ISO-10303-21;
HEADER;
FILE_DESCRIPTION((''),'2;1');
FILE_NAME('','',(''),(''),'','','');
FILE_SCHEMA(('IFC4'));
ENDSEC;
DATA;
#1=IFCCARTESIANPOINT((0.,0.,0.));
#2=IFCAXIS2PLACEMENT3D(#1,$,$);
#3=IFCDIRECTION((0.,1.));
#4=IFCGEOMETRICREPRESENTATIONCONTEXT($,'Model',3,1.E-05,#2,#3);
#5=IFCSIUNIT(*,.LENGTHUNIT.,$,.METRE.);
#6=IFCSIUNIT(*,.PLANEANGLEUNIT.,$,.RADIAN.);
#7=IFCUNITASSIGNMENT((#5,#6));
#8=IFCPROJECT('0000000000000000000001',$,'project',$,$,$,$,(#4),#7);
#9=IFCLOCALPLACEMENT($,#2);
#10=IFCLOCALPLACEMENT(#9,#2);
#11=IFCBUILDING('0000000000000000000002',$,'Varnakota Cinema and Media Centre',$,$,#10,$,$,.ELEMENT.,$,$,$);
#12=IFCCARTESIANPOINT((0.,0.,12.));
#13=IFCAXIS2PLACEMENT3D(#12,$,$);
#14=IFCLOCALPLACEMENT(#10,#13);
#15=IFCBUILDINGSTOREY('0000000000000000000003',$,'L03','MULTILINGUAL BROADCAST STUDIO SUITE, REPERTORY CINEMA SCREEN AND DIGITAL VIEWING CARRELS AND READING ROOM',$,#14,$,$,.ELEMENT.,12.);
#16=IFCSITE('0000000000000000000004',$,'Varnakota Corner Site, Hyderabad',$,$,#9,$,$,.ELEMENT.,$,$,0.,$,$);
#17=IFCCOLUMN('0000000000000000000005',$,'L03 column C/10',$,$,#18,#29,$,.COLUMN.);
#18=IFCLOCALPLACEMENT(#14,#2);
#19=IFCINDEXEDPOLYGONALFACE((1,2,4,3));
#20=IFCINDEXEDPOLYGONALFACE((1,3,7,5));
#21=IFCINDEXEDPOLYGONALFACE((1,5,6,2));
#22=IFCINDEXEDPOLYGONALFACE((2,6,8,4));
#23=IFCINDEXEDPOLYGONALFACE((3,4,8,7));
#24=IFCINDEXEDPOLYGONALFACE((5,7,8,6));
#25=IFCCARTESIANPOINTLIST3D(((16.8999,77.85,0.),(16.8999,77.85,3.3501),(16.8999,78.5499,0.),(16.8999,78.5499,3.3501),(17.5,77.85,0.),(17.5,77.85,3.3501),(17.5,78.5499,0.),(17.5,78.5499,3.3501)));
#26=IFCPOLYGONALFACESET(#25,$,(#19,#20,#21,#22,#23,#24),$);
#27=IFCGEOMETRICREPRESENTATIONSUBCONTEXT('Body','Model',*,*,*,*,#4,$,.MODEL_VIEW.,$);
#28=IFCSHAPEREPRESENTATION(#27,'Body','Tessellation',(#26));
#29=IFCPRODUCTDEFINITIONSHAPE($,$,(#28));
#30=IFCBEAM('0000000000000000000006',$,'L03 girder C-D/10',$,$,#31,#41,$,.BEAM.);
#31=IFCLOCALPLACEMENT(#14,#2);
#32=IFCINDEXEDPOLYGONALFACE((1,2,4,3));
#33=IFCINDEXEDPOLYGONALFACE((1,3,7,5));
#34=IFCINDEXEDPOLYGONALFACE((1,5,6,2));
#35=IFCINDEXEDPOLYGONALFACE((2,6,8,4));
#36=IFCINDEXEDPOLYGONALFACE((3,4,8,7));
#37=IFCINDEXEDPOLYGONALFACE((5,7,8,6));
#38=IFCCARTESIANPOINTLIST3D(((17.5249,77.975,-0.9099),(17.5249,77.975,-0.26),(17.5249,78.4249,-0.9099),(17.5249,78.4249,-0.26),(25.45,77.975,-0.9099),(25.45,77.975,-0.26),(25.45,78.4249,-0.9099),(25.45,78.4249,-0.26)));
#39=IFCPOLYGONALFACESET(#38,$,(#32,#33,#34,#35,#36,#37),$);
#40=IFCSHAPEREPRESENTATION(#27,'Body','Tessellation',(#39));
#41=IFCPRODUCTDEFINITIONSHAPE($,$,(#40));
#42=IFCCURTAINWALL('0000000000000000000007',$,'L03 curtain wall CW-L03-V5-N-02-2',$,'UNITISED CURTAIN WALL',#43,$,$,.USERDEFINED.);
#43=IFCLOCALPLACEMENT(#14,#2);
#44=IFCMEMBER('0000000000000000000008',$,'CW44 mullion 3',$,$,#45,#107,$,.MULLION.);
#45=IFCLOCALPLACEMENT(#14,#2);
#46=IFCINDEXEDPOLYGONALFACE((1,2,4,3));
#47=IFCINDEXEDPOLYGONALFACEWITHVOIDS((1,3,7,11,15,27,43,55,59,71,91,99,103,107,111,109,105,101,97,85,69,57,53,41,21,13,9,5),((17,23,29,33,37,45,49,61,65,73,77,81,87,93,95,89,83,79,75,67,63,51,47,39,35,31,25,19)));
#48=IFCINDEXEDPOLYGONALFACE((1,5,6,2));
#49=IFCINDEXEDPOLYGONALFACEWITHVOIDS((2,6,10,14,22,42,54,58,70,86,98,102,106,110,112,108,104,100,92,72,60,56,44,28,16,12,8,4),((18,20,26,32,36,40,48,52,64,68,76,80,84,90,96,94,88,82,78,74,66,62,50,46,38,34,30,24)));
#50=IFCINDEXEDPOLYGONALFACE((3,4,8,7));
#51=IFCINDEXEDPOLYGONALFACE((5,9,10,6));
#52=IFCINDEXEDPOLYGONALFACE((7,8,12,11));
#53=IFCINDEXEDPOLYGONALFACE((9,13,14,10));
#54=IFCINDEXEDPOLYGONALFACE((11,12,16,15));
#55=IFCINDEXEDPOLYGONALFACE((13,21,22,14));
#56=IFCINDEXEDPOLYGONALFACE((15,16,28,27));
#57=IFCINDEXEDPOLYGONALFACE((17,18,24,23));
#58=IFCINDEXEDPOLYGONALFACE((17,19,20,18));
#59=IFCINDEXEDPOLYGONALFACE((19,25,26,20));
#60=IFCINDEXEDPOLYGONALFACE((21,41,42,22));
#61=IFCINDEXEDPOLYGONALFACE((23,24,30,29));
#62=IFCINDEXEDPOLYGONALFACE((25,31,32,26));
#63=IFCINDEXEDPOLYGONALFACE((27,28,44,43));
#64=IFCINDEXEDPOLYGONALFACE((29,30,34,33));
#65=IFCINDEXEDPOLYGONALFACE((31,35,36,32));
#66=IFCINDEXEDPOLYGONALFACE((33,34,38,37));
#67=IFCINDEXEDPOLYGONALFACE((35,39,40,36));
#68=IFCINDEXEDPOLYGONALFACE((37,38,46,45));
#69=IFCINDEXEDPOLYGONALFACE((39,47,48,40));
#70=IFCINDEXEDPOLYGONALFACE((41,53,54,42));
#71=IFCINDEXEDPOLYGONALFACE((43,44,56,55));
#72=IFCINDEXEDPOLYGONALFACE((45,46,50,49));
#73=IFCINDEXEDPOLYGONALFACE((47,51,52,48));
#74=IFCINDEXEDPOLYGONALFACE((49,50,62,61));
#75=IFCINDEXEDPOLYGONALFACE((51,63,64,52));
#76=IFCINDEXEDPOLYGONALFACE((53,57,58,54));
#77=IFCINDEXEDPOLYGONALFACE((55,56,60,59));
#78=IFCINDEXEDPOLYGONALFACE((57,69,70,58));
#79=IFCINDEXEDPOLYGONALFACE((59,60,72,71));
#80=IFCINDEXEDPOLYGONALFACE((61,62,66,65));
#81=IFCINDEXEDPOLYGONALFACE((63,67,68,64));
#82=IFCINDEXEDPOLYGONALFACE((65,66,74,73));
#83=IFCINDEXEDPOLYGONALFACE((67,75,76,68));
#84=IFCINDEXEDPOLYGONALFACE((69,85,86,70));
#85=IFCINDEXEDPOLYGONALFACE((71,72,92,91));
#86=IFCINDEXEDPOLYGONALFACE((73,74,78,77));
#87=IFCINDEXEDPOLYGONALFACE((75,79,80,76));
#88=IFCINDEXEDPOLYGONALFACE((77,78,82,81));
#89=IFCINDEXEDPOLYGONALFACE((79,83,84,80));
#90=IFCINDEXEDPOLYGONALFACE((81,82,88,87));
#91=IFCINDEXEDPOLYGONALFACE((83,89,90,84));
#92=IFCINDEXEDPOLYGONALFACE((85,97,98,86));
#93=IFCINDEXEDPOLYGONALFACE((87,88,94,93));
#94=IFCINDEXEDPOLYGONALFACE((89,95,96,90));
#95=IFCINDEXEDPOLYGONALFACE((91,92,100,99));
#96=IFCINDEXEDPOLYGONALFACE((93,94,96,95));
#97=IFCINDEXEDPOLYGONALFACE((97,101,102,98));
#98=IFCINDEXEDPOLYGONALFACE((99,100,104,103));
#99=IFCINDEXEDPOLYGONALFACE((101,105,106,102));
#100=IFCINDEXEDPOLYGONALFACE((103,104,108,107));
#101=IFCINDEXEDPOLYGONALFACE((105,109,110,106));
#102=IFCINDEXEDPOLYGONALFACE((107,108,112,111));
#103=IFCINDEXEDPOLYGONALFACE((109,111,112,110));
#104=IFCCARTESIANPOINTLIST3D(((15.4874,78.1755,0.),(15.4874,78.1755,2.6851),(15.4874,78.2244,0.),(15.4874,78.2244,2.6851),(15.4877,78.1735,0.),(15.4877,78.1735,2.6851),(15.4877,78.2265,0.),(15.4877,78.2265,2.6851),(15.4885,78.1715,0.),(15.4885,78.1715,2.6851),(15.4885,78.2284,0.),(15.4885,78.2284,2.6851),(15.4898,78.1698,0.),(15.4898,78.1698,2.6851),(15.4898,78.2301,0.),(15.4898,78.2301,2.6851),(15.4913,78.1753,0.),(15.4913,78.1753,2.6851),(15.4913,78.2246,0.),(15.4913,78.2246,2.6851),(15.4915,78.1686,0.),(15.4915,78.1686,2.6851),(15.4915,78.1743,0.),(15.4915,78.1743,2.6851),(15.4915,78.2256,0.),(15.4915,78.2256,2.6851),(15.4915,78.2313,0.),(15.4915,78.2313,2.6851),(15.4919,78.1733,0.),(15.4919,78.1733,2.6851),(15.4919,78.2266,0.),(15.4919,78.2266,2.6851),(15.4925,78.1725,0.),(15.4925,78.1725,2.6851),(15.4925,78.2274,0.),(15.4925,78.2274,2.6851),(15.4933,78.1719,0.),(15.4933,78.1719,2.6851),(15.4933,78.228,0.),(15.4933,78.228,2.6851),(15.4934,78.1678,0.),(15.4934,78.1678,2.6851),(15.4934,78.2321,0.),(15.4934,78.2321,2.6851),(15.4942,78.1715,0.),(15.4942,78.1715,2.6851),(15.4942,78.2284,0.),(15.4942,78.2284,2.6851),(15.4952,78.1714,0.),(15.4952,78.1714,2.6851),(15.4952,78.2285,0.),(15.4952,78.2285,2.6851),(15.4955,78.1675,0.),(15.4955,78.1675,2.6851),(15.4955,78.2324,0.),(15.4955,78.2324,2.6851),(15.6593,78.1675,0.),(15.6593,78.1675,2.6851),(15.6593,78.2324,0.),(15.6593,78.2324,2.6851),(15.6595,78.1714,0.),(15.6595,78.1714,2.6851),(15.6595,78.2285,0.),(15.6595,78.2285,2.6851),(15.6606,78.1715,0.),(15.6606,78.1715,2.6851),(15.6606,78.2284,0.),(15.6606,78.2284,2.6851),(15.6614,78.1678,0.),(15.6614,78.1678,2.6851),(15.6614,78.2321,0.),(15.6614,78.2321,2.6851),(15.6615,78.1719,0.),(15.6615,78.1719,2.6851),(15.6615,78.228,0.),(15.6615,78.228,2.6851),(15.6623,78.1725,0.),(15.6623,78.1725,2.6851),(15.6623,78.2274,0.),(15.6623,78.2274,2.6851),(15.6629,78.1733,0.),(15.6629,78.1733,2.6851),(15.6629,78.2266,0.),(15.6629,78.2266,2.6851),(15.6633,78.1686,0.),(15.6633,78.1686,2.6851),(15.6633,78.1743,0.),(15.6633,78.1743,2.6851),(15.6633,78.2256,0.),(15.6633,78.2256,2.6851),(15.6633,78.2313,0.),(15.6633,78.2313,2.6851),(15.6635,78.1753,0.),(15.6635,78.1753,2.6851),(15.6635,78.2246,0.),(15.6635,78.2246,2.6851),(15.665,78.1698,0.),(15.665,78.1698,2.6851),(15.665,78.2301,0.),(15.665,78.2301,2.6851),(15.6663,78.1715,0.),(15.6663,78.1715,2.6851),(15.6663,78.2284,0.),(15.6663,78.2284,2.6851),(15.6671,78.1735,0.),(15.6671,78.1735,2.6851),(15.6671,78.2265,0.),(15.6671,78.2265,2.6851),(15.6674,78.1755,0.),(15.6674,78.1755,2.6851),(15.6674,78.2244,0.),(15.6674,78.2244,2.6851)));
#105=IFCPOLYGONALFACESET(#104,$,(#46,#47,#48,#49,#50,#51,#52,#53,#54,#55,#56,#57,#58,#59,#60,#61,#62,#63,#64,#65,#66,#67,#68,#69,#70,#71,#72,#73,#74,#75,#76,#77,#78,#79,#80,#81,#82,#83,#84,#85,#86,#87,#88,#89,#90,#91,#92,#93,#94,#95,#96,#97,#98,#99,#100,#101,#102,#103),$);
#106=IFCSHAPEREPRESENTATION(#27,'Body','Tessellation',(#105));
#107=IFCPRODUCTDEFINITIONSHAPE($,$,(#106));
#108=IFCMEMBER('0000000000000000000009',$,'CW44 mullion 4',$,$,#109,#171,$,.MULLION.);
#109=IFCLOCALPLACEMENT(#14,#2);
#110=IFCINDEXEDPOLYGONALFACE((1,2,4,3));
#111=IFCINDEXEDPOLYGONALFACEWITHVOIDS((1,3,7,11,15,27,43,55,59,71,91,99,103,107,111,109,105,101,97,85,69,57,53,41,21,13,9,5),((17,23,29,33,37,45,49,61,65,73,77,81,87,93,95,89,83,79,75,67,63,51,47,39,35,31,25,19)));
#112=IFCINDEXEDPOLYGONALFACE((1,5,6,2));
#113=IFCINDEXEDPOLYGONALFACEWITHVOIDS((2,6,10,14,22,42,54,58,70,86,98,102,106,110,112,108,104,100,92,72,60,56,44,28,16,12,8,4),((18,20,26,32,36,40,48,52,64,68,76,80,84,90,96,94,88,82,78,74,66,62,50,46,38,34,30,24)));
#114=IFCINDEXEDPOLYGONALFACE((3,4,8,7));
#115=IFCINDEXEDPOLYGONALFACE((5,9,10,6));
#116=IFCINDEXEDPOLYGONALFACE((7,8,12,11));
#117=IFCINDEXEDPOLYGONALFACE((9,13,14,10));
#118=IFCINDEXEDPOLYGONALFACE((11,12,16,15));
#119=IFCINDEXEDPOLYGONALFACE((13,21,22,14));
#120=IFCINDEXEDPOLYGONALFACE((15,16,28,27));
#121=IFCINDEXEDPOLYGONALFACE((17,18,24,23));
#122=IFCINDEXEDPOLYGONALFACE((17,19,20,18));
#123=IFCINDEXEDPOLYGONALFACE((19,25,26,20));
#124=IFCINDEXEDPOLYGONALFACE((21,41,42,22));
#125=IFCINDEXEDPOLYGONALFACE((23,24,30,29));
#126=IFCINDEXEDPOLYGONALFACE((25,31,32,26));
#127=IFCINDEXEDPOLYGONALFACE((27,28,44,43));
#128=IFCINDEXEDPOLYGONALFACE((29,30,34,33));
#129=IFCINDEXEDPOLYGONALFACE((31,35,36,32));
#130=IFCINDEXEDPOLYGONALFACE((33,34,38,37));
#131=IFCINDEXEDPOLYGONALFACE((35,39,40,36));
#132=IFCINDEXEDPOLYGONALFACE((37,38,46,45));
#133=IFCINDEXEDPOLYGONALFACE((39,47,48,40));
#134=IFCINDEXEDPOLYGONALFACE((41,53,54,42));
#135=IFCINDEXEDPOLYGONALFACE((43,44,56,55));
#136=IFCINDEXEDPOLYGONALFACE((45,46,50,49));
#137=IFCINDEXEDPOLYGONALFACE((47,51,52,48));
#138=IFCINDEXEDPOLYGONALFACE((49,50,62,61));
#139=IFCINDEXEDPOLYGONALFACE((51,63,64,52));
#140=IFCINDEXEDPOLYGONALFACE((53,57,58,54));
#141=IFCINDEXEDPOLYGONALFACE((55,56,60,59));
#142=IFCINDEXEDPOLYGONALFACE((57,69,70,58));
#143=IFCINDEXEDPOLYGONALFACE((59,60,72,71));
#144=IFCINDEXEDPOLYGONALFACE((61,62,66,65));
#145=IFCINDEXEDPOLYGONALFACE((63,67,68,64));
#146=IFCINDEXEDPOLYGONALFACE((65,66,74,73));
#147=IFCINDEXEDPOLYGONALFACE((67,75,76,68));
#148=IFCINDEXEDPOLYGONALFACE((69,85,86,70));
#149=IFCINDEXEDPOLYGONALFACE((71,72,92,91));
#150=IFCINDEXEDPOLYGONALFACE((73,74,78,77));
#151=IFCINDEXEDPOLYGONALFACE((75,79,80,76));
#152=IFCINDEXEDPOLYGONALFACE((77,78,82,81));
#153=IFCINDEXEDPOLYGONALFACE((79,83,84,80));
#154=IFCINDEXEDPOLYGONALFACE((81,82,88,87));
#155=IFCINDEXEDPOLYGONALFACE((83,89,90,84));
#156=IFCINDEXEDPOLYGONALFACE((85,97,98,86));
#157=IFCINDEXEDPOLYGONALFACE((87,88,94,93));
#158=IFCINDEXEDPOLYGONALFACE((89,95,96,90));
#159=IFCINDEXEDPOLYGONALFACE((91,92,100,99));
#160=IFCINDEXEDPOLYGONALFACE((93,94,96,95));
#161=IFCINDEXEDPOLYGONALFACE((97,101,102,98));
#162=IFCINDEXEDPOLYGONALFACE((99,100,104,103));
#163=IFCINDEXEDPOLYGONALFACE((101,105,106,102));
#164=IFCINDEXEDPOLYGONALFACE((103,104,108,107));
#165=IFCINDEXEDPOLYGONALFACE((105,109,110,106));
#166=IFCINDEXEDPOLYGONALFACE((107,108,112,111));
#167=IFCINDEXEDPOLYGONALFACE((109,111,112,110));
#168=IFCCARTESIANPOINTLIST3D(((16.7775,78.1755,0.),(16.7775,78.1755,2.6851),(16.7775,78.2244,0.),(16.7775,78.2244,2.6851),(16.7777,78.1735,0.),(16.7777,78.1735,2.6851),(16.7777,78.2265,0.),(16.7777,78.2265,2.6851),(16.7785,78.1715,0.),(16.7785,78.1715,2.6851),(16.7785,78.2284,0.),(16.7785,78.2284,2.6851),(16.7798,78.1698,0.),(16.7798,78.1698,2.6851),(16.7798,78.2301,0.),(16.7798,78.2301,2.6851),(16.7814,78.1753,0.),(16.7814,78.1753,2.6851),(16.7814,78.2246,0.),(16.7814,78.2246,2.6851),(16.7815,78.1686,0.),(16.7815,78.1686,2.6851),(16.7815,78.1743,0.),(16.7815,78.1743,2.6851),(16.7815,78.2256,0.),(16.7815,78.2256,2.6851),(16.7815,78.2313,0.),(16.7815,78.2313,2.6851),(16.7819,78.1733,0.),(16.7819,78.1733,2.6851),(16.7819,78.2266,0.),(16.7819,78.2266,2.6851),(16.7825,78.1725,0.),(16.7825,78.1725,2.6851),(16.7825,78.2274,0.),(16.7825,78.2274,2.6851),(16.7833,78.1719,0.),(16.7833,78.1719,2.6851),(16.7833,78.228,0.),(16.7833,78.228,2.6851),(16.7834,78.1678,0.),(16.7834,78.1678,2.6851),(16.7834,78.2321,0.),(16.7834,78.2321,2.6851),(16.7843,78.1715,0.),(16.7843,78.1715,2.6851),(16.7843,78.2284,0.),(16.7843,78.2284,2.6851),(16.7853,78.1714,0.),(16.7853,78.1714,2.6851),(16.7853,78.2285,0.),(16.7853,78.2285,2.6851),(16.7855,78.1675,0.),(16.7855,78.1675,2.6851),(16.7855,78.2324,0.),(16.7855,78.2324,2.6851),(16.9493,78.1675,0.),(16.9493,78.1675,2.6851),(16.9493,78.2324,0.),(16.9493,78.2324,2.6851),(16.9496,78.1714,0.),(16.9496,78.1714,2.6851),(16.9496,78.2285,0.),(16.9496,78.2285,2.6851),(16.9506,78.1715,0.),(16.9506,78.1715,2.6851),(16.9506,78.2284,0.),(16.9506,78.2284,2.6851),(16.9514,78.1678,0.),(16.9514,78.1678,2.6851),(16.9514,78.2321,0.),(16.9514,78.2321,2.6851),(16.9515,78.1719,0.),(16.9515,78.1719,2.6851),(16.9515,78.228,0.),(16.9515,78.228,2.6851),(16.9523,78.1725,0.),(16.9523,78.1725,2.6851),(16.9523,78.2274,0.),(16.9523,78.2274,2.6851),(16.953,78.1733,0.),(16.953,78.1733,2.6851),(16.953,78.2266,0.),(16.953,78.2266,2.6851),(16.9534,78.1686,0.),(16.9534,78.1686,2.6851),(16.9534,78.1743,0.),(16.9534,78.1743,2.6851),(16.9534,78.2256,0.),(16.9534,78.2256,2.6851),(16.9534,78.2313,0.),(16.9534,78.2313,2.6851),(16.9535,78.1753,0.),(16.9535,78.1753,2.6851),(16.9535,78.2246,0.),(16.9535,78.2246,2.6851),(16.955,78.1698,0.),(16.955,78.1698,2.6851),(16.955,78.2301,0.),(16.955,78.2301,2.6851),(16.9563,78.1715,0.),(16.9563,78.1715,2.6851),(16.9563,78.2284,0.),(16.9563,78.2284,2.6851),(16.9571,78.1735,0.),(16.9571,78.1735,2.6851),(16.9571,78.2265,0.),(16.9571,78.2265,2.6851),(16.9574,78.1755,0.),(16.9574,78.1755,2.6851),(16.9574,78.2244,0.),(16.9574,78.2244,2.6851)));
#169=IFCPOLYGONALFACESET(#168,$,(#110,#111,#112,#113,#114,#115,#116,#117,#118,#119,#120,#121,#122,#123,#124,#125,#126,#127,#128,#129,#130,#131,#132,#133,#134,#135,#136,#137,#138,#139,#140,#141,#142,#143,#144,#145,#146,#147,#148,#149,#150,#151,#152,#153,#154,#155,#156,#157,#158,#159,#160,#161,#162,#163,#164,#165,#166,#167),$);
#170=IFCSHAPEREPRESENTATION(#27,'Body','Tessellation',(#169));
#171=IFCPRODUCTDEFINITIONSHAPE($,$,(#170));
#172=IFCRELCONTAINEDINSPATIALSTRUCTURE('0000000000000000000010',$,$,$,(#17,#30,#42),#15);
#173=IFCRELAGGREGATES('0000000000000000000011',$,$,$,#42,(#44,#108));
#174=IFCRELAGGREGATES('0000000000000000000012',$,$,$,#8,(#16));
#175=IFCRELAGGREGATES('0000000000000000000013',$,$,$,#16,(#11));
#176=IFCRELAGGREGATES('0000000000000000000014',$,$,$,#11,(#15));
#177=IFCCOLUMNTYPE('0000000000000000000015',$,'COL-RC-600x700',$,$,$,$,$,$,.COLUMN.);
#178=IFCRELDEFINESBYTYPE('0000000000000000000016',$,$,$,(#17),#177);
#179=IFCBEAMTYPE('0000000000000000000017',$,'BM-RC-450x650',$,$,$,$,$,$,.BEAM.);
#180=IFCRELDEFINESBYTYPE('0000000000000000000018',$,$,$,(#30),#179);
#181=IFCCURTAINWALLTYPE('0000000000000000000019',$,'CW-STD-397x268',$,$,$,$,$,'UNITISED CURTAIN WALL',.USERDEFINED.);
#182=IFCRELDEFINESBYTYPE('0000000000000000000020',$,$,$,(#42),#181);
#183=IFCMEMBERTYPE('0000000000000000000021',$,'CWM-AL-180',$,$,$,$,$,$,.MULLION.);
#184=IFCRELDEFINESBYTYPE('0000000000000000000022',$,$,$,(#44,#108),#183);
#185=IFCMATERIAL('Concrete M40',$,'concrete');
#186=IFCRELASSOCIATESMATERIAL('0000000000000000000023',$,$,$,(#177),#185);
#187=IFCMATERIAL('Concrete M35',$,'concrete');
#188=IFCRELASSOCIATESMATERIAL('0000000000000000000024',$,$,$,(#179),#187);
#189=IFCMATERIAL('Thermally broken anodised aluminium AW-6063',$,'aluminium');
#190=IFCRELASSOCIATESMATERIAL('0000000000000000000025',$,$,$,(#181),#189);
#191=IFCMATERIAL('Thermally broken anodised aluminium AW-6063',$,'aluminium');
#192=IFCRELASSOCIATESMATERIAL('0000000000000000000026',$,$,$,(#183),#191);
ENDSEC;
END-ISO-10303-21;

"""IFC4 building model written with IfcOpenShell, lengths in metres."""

from ifc_helpers import new_model, si_unit, direction, frame, origin, origin_2d, place, context, subcontext, project, spatial, rectangle, hollow_rectangle, extrude, material, material_profile, profile_set, type_object, element, aggregate, save


model = new_model("IFC4")

# Units and contexts
model_context = context("Model", 3, precision=1e-05, world=origin(), true_north=direction((0.0, 1.0)))
body_context = subcontext(model_context, "Body", "Model", "MODEL_VIEW")
ifc_project = project(units=[si_unit("LENGTHUNIT", "METRE"), si_unit("PLANEANGLEUNIT", "RADIAN")], contexts=[model_context])

# Site, building, storey
site_placement = place(None, origin())
site = spatial("IfcSite", under=ifc_project, at=site_placement, Name="Varnakota Corner Site, Hyderabad", CompositionType="ELEMENT", RefElevation=0.0)
building_placement = place(site_placement, origin())
building = spatial("IfcBuilding", under=site, at=building_placement, Name="Varnakota Cinema and Media Centre", CompositionType="ELEMENT")
storey_placement = place(building_placement, frame((0.0, 0.0, 12.0)))
storey = spatial("IfcBuildingStorey", under=building, at=storey_placement, Name="L03", Description="MULTILINGUAL BROADCAST STUDIO SUITE, REPERTORY CINEMA SCREEN AND DIGITAL VIEWING CARRELS AND READING ROOM", CompositionType="ELEMENT", Elevation=12.0)

# Column
ifc_material_1 = material(Name="Concrete M40", Category="concrete")
ifc_material_profile_1 = material_profile(ifc_material_1, rectangle(XDim=0.6001, YDim=0.7, at=origin_2d()), Name="RC 600x700")
ifc_profile_set_1 = profile_set([ifc_material_profile_1], Name="Concrete M40")
column_type = type_object("IfcColumnType", Name="COL-RC-600x700", PredefinedType="COLUMN", material=ifc_profile_set_1)
column_placement = place(storey_placement, frame((17.2, 78.2, 0.0), z_axis=(0.0, 0.0, 1.0), x_axis=(1.0, 0.0, 0.0)))
element("IfcColumn", 1, at=column_placement, inside=storey, type_object=column_type, Name="L03 column C/10", PredefinedType="COLUMN", context=body_context, shape_type="SweptSolid", body=[
    extrude(rectangle(XDim=0.6001, YDim=0.7, at=origin_2d()), origin(), (0.0, 0.0, 1.0), 3.3501),
])

# Beam
ifc_material_2 = material(Name="Concrete M35", Category="concrete")
ifc_material_profile_2 = material_profile(ifc_material_2, rectangle(XDim=0.45, YDim=0.6499, at=origin_2d()), Name="RCB 450x650")
ifc_profile_set_2 = profile_set([ifc_material_profile_2], Name="Concrete M35")
beam_type = type_object("IfcBeamType", Name="BM-RC-450x650", PredefinedType="BEAM", material=ifc_profile_set_2)
beam_placement = place(storey_placement, frame((17.5249, 78.2, -0.585), z_axis=(1.0, 0.0, 0.0), x_axis=(0.0, 1.0, 0.0)))
element("IfcBeam", 2, at=beam_placement, inside=storey, type_object=beam_type, Name="L03 girder C-D/10", PredefinedType="BEAM", context=body_context, shape_type="SweptSolid", body=[
    extrude(rectangle(XDim=0.45, YDim=0.6499, at=origin_2d()), origin(), (0.0, 0.0, 1.0), 7.925),
])

# Curtain wall, members
ifc_material_3 = material(Name="Thermally broken anodised aluminium AW-6063", Category="aluminium")
curtain_wall_type_1 = type_object("IfcCurtainWallType", Name="CW-STD-397x268", ElementType="UNITISED CURTAIN WALL", PredefinedType="USERDEFINED", material=ifc_material_3)
curtain_wall_1_placement = place(storey_placement, origin())
curtain_wall_1 = element("IfcCurtainWall", 3, at=curtain_wall_1_placement, inside=storey, type_object=curtain_wall_type_1, Name="L03 curtain wall CW-L03-V5-N-02-2", ObjectType="UNITISED CURTAIN WALL", PredefinedType="USERDEFINED")
ifc_material_4 = material(Name="Thermally broken anodised aluminium AW-6063", Category="aluminium")
ifc_material_profile_3 = material_profile(ifc_material_4, hollow_rectangle(XDim=0.0649, YDim=0.1799, WallThickness=0.0039, InnerFilletRadius=0.0039, OuterFilletRadius=0.0081, at=origin_2d()), Name="AL-MULLION 180x65x4")
ifc_profile_set_3 = profile_set([ifc_material_profile_3], Name="Thermally broken anodised aluminium AW-6063")
member_type_1 = type_object("IfcMemberType", Name="CWM-AL-180", PredefinedType="MULLION", material=ifc_profile_set_3)
member_1_placement = place(storey_placement, frame((15.5774, 78.2, 0.0), z_axis=(0.0, 0.0, 1.0), x_axis=(0.0, 1.0, 0.0)))
member_1 = element("IfcMember", 4, at=member_1_placement, type_object=member_type_1, Name="CW44 mullion 3", PredefinedType="MULLION", context=body_context, shape_type="SweptSolid", body=[
    extrude(hollow_rectangle(XDim=0.0649, YDim=0.1799, WallThickness=0.0039, InnerFilletRadius=0.0039, OuterFilletRadius=0.0081, at=origin_2d()), origin(), (0.0, 0.0, 1.0), 2.6851),
])
member_2_placement = place(storey_placement, frame((16.8674, 78.2, 0.0), z_axis=(0.0, 0.0, 1.0), x_axis=(0.0, 1.0, 0.0)))
member_2 = element("IfcMember", 5, at=member_2_placement, type_object=member_type_1, Name="CW44 mullion 4", PredefinedType="MULLION", context=body_context, shape_type="SweptSolid", body=[
    extrude(hollow_rectangle(XDim=0.0649, YDim=0.1799, WallThickness=0.0039, InnerFilletRadius=0.0039, OuterFilletRadius=0.0081, at=origin_2d()), origin(), (0.0, 0.0, 1.0), 2.6851),
])

aggregate(curtain_wall_1, [member_1, member_2])

save(model, "model.ifc")
